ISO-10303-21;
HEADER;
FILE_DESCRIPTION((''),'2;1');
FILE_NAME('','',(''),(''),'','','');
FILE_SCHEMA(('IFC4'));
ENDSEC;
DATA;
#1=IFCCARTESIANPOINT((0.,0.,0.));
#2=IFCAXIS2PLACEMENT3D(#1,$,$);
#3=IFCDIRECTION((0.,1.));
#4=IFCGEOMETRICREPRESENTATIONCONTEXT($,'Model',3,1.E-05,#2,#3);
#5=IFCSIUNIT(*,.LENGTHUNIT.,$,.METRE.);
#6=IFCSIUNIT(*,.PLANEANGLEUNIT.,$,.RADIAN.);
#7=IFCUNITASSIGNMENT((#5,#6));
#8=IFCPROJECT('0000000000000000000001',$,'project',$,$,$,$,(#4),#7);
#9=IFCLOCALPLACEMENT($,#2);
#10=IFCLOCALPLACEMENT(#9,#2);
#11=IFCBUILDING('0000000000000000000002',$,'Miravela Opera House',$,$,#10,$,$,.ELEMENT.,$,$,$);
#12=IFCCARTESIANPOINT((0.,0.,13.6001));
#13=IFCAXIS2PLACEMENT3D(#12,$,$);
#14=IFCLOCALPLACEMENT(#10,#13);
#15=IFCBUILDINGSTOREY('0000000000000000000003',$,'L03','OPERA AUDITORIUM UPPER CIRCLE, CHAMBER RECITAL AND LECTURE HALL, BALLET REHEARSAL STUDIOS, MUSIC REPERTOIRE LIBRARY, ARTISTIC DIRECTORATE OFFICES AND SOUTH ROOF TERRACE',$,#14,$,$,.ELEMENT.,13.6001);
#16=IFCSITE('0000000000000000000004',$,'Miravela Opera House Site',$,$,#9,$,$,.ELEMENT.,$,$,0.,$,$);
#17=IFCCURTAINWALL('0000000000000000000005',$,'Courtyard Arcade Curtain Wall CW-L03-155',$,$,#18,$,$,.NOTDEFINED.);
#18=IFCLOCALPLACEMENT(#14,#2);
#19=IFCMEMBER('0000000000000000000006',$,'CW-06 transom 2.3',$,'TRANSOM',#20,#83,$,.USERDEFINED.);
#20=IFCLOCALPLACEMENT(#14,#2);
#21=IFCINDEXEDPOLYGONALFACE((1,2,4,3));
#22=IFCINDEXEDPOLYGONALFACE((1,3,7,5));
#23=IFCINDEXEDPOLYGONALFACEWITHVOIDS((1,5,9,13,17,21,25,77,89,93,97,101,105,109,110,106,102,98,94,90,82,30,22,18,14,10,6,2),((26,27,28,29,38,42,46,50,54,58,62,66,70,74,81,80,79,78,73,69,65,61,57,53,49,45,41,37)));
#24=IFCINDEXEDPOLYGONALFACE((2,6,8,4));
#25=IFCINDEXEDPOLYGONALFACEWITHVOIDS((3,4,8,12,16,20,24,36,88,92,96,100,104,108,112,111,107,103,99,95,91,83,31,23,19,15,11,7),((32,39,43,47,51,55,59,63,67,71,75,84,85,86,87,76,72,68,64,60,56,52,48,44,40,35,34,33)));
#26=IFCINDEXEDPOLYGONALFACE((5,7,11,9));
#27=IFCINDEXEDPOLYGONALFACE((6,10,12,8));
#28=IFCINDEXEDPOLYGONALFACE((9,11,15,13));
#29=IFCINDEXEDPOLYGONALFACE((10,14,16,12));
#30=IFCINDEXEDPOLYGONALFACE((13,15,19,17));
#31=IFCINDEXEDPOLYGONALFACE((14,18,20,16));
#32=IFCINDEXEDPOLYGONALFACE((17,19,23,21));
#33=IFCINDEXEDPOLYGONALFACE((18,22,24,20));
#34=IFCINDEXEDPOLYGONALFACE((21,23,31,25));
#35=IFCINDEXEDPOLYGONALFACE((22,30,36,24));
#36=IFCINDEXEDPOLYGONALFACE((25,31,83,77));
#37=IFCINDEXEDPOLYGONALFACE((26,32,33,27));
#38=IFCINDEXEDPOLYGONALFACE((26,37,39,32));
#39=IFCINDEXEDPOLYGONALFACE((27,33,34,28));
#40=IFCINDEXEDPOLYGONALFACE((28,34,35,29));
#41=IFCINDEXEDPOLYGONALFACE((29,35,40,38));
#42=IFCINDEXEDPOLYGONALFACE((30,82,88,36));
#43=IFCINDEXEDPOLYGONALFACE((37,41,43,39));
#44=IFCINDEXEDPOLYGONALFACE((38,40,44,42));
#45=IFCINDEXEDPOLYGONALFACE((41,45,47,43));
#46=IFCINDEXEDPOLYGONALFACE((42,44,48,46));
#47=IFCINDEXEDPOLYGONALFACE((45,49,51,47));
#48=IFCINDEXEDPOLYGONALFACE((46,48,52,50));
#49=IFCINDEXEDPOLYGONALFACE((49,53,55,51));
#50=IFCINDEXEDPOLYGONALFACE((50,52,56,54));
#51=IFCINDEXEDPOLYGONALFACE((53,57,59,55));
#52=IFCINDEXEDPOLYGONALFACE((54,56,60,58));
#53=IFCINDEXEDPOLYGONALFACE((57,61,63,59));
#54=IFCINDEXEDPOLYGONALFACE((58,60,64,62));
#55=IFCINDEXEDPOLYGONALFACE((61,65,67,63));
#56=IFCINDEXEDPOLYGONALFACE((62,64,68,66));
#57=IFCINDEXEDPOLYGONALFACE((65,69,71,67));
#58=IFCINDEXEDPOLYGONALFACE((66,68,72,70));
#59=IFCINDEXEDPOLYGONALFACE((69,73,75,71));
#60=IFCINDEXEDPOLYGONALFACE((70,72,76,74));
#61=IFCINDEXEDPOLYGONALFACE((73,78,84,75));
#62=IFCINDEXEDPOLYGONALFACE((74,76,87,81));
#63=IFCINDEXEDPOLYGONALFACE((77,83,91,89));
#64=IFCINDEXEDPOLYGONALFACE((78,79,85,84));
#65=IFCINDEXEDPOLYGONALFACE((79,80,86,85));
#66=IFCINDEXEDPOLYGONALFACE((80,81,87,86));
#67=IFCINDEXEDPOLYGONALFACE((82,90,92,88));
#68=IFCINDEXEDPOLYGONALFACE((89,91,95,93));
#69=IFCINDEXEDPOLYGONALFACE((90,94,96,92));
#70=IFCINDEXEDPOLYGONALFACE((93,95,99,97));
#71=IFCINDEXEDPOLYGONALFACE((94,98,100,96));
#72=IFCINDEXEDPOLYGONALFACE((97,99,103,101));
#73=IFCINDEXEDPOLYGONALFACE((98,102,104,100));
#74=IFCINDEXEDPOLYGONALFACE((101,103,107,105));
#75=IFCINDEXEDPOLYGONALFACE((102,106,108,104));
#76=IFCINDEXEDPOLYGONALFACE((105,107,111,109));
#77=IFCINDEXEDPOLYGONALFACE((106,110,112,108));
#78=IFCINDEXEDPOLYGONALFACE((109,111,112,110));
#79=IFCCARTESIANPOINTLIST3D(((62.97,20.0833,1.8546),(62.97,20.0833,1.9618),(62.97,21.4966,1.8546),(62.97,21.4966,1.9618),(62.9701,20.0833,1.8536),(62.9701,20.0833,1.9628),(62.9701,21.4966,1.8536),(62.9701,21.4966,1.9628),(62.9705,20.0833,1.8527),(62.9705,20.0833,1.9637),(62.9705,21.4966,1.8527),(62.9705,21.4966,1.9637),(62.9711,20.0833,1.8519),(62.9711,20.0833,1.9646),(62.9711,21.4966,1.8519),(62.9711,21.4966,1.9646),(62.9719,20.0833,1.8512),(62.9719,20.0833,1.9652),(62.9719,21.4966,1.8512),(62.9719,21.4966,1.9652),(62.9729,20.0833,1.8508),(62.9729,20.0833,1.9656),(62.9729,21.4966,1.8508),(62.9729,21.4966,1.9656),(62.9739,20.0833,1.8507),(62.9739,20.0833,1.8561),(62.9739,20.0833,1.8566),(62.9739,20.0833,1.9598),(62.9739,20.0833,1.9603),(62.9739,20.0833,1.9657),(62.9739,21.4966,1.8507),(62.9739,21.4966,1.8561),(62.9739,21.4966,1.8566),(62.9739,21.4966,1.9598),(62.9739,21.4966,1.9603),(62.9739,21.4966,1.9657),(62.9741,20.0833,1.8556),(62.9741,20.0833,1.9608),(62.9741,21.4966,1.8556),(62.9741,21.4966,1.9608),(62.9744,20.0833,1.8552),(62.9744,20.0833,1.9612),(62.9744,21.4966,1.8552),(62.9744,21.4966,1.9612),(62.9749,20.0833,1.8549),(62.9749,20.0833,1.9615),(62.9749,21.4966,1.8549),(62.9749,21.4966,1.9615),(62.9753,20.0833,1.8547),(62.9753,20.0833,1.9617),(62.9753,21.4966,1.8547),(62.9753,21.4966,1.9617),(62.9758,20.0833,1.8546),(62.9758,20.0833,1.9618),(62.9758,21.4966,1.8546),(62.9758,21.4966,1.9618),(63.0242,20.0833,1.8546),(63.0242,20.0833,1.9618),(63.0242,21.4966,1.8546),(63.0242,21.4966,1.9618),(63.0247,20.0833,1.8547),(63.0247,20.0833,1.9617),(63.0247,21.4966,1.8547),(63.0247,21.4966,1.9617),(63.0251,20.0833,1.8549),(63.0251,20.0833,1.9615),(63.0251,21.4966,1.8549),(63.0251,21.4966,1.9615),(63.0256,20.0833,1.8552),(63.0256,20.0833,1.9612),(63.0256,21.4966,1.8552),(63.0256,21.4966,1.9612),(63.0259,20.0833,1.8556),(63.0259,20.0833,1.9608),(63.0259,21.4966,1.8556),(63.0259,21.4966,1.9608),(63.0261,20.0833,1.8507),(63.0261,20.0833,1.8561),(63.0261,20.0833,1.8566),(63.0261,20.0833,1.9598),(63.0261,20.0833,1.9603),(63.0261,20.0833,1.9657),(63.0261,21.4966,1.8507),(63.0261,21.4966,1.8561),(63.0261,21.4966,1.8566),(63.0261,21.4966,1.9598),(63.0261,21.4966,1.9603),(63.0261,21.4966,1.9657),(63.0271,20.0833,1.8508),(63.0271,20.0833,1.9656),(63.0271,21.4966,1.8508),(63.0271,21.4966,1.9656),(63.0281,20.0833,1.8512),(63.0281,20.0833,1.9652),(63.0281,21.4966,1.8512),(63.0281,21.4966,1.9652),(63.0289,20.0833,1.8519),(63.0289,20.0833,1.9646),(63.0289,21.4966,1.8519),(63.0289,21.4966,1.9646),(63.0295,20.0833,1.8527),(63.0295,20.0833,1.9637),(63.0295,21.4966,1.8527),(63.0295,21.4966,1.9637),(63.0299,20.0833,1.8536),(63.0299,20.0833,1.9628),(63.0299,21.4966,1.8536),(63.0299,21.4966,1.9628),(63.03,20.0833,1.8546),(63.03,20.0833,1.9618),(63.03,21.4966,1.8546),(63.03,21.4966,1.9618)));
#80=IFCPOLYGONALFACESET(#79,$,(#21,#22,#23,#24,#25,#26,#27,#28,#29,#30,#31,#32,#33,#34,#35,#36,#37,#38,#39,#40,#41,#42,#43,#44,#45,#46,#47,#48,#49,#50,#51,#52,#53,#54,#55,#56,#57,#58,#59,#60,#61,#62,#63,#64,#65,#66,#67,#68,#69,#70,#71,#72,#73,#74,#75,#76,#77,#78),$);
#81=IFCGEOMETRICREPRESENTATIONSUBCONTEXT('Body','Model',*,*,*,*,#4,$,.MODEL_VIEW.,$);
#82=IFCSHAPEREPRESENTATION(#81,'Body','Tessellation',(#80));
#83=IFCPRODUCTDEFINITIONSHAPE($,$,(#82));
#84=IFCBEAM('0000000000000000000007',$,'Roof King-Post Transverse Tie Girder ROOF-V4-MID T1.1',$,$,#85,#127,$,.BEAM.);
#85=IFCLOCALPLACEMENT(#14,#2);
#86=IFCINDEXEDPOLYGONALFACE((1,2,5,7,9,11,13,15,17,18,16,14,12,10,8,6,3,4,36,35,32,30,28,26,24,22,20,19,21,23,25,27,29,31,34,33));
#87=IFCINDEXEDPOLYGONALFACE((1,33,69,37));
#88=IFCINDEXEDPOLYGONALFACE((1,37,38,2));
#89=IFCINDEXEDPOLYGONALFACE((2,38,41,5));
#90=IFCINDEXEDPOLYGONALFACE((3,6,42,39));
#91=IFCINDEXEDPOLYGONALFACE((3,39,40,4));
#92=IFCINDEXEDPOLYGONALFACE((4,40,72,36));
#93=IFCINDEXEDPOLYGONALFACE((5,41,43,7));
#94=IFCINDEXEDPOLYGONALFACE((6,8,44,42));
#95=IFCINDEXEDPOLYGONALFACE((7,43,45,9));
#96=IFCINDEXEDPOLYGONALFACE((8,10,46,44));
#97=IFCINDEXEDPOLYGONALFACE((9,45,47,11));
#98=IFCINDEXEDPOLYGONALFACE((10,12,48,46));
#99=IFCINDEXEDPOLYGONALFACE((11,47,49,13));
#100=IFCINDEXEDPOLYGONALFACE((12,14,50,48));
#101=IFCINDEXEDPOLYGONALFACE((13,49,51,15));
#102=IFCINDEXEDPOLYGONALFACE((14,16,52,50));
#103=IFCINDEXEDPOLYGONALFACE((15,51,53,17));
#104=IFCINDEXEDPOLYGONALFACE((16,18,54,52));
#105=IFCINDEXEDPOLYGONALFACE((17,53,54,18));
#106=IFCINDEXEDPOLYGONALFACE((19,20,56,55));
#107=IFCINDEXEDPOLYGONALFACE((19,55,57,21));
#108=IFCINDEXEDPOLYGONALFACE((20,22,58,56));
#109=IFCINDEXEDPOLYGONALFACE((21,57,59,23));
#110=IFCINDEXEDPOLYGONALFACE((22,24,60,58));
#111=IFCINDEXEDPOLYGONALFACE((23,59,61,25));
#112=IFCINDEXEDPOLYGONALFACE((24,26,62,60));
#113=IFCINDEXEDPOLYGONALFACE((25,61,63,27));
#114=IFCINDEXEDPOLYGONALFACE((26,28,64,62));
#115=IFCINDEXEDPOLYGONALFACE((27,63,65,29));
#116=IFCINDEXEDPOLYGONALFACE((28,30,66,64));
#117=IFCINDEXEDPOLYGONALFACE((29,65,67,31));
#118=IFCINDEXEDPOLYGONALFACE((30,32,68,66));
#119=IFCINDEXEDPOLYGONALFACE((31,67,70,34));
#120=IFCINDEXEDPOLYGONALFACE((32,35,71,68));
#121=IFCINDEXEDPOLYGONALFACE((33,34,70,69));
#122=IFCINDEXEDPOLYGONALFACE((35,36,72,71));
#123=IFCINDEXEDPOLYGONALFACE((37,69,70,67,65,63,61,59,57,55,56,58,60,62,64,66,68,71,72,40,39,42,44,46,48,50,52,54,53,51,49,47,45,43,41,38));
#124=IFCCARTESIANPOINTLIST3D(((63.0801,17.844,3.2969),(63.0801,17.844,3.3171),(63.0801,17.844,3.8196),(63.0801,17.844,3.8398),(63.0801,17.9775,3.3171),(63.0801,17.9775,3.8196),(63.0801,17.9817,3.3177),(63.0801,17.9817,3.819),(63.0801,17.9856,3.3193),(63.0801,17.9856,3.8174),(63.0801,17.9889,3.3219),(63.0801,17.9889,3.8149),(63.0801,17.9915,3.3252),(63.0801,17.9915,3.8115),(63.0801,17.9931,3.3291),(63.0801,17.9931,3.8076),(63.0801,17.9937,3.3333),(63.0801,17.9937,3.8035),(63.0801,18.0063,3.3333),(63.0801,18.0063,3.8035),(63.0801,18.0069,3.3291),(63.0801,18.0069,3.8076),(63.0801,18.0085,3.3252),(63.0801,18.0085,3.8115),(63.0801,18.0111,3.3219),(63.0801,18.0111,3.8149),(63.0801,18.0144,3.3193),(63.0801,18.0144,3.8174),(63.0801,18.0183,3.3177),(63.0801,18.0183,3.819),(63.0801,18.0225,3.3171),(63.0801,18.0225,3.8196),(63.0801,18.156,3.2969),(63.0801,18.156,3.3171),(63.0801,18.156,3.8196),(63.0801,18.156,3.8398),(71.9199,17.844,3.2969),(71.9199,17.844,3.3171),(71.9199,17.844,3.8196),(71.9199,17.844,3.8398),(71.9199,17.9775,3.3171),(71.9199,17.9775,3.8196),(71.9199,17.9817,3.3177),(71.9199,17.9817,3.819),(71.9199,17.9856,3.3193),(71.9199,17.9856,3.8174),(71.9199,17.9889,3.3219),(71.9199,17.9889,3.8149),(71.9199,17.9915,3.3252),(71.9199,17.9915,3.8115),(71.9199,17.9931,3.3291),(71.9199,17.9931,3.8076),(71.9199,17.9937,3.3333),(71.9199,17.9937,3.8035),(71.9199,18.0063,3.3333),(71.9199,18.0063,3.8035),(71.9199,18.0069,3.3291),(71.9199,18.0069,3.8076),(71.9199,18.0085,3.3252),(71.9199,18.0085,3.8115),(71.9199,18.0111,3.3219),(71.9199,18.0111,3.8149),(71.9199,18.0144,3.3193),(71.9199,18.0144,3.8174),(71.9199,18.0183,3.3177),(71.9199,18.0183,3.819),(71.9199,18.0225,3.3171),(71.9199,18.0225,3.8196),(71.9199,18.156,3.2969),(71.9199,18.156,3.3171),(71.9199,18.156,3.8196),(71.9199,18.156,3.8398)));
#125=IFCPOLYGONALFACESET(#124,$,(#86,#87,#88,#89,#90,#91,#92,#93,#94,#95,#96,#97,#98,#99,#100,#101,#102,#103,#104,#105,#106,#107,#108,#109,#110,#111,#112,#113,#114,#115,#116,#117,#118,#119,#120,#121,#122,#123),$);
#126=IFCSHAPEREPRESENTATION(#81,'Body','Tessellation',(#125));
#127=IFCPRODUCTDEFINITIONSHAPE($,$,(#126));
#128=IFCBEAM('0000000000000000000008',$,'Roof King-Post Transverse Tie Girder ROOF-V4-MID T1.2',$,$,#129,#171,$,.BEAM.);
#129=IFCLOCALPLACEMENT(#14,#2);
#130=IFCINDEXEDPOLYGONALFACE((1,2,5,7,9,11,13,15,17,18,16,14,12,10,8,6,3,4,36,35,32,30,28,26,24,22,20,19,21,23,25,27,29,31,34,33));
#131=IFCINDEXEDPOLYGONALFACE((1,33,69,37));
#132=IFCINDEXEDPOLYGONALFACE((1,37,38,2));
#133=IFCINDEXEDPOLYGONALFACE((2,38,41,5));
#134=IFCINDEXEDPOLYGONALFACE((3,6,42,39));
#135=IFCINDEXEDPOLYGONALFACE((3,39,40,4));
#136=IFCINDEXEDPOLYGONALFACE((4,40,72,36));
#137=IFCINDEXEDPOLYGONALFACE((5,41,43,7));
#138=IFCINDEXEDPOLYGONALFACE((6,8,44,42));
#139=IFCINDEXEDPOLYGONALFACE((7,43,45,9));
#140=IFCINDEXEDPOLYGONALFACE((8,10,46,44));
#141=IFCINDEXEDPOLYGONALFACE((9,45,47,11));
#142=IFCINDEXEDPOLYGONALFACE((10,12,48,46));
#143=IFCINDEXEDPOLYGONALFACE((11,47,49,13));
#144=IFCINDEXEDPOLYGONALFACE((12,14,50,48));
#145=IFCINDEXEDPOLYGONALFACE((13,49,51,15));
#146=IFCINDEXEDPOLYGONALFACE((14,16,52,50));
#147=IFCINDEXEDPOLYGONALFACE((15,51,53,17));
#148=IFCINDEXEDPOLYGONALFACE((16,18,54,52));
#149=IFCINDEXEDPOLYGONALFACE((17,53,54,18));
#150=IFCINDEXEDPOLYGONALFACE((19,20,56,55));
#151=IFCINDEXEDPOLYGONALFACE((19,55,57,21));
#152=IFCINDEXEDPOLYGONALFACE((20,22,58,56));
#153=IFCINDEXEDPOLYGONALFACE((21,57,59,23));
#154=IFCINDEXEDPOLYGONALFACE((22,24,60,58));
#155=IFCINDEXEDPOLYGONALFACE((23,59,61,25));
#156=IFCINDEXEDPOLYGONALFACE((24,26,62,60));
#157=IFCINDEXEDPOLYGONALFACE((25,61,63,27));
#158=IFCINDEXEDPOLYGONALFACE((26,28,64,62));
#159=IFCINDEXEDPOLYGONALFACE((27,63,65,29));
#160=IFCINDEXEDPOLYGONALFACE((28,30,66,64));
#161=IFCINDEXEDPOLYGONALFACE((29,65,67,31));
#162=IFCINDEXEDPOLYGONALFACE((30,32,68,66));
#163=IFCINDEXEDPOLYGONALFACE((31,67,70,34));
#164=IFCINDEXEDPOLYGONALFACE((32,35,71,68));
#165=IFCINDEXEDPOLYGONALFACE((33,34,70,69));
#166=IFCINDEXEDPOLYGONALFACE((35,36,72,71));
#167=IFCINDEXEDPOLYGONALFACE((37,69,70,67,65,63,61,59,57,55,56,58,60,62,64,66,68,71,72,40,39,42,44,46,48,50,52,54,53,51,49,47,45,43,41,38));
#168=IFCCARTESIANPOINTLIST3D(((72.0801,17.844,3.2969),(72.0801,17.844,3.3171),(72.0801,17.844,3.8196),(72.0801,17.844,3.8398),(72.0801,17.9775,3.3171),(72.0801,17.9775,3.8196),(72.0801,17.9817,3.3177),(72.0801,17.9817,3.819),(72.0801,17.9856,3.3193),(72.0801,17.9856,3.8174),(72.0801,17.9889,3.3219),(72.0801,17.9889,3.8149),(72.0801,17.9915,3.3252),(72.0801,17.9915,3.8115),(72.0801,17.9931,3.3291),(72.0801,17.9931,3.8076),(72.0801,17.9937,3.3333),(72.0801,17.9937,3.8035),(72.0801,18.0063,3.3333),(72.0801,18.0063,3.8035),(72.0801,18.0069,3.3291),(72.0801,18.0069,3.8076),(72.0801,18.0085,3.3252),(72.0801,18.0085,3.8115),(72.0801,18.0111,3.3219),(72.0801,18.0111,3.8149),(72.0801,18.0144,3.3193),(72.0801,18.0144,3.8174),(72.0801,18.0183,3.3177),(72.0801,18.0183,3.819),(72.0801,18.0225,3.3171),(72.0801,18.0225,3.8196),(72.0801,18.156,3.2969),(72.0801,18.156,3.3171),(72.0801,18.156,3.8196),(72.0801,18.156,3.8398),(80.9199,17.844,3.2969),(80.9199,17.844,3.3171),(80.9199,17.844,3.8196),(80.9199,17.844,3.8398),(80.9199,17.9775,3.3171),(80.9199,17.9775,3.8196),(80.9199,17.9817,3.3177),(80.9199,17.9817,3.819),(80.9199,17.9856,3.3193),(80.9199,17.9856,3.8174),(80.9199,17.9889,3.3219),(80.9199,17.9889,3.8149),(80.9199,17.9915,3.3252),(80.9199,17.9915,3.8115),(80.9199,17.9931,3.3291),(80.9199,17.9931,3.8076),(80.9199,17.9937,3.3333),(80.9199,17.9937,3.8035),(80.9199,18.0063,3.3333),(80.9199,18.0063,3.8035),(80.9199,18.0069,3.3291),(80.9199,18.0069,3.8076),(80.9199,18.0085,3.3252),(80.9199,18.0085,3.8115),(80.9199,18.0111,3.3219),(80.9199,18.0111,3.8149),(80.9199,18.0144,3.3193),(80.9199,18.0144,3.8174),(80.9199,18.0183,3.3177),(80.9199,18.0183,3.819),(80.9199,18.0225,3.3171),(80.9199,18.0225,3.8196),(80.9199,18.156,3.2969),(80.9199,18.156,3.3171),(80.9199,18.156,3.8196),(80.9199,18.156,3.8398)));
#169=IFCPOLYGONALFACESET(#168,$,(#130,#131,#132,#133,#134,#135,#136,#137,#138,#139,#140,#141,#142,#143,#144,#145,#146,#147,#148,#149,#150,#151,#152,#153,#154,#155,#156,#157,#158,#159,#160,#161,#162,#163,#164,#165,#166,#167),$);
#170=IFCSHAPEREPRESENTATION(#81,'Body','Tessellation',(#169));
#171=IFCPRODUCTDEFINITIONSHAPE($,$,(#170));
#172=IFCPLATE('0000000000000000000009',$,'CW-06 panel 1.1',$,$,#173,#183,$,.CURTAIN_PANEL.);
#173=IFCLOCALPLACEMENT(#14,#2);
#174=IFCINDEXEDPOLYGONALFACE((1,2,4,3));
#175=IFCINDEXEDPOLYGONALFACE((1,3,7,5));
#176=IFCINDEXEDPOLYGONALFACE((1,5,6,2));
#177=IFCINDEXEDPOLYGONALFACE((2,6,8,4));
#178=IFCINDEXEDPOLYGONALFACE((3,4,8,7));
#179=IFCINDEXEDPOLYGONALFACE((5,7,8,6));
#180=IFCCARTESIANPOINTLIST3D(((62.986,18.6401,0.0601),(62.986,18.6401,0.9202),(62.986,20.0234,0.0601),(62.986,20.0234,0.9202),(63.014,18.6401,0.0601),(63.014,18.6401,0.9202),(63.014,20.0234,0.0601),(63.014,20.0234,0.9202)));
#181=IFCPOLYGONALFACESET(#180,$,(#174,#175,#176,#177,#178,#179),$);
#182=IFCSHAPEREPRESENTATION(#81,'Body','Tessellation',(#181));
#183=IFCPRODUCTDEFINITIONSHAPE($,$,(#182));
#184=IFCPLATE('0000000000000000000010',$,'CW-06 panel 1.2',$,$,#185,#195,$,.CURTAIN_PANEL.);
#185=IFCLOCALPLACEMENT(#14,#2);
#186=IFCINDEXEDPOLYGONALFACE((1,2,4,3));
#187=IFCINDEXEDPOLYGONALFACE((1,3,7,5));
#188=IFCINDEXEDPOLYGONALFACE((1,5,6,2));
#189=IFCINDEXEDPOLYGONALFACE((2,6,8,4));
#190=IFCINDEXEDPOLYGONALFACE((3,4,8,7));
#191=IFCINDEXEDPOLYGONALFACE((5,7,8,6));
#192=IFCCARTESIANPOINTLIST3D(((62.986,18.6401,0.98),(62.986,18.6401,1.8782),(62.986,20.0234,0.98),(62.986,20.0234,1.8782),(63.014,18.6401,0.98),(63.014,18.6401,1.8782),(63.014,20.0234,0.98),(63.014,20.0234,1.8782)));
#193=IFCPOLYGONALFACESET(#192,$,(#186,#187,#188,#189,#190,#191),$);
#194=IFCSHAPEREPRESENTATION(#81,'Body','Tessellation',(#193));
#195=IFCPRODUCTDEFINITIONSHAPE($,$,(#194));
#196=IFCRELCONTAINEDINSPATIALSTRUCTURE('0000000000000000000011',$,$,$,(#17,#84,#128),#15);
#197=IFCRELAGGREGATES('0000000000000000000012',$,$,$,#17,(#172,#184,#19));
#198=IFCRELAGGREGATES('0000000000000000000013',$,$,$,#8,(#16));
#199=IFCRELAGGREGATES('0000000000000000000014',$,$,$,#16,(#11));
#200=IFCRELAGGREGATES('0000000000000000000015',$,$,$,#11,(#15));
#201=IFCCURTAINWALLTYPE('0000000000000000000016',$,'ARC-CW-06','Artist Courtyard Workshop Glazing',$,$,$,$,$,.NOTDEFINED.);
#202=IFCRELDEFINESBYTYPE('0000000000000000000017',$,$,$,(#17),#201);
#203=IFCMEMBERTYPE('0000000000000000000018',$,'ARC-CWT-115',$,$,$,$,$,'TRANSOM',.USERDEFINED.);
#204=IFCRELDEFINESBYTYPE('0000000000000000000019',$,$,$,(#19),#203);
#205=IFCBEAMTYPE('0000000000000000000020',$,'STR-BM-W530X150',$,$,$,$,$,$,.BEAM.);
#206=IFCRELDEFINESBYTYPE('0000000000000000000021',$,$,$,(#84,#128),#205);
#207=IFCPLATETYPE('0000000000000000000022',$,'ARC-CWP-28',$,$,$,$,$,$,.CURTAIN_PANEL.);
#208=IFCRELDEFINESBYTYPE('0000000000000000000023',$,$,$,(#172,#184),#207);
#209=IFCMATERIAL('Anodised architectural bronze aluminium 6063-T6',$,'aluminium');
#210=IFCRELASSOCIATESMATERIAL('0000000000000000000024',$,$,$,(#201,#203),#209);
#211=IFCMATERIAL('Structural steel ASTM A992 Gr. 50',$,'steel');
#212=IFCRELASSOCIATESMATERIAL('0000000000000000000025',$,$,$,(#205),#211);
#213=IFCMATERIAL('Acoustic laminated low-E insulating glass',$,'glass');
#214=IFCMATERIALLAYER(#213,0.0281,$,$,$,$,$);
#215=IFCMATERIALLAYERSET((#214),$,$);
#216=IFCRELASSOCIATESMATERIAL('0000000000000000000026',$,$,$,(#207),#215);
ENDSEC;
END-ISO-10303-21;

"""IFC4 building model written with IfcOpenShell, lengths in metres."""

from ifc_helpers import new_model, si_unit, direction, frame, origin, origin_2d, place, context, subcontext, project, spatial, rectangle, hollow_rectangle, i_section, extrude, material, layer, layer_set, material_profile, profile_set, type_object, element, aggregate, save


model = new_model("IFC4")

# Units and contexts
model_context = context("Model", 3, precision=1e-05, world=origin(), true_north=direction((0.0, 1.0)))
body_context = subcontext(model_context, "Body", "Model", "MODEL_VIEW")
ifc_project = project(units=[si_unit("LENGTHUNIT", "METRE"), si_unit("PLANEANGLEUNIT", "RADIAN")], contexts=[model_context])

# Site, building, storey
site_placement = place(None, origin())
site = spatial("IfcSite", under=ifc_project, at=site_placement, Name="Miravela Opera House Site", CompositionType="ELEMENT", RefElevation=0.0)
building_placement = place(site_placement, origin())
building = spatial("IfcBuilding", under=site, at=building_placement, Name="Miravela Opera House", CompositionType="ELEMENT")
storey_placement = place(building_placement, frame((0.0, 0.0, 13.6001)))
storey = spatial("IfcBuildingStorey", under=building, at=storey_placement, Name="L03", Description="OPERA AUDITORIUM UPPER CIRCLE, CHAMBER RECITAL AND LECTURE HALL, BALLET REHEARSAL STUDIOS, MUSIC REPERTOIRE LIBRARY, ARTISTIC DIRECTORATE OFFICES AND SOUTH ROOF TERRACE", CompositionType="ELEMENT", Elevation=13.6001)

# Curtain wall, member
ifc_material_1 = material(Name="Anodised architectural bronze aluminium 6063-T6", Category="aluminium")
curtain_wall_type = type_object("IfcCurtainWallType", Name="ARC-CW-06", Description="Artist Courtyard Workshop Glazing", PredefinedType="NOTDEFINED", material=ifc_material_1)
curtain_wall_placement = place(storey_placement, origin())
curtain_wall = element("IfcCurtainWall", 1, at=curtain_wall_placement, inside=storey, type_object=curtain_wall_type, Name="Courtyard Arcade Curtain Wall CW-L03-155", PredefinedType="NOTDEFINED")
ifc_material_profile_1 = material_profile(ifc_material_1, hollow_rectangle(XDim=0.0601, YDim=0.115, WallThickness=0.0039, InnerFilletRadius=0.002, OuterFilletRadius=0.0039, at=origin_2d()), Name="CWT-60X115")
ifc_profile_set_1 = profile_set([ifc_material_profile_1])
member_type_1 = type_object("IfcMemberType", Name="ARC-CWT-115", ElementType="TRANSOM", PredefinedType="USERDEFINED", material=ifc_profile_set_1)
member_1_placement = place(storey_placement, frame((63.0, 20.0833, 1.9082), z_axis=(0.0, 1.0, 0.0), x_axis=(-1.0, 0.0, 0.0)))
member_1 = element("IfcMember", 2, at=member_1_placement, type_object=member_type_1, Name="CW-06 transom 2.3", ObjectType="TRANSOM", PredefinedType="USERDEFINED", context=body_context, shape_type="SweptSolid", body=[
    extrude(hollow_rectangle(XDim=0.0601, YDim=0.115, WallThickness=0.0039, InnerFilletRadius=0.002, OuterFilletRadius=0.0039, at=origin_2d()), origin(), (0.0, 0.0, 1.0), 1.4133),
])

# Beams
ifc_material_2 = material(Name="Structural steel ASTM A992 Gr. 50", Category="steel")
ifc_material_profile_2 = material_profile(ifc_material_2, i_section(OverallWidth=0.312, OverallDepth=0.543, WebThickness=0.0127, FlangeThickness=0.0203, FilletRadius=0.0161, at=origin_2d()), Name="W530X150")
ifc_profile_set_2 = profile_set([ifc_material_profile_2])
beam_type = type_object("IfcBeamType", Name="STR-BM-W530X150", PredefinedType="BEAM", material=ifc_profile_set_2)
for number, where, z_axis, x_axis, name in (
    (3, (63.0801, 18.0, 3.5684), (1.0, 0.0, 0.0), (0.0, 1.0, 0.0), "Roof King-Post Transverse Tie Girder ROOF-V4-MID T1.1"),
    (4, (72.0801, 18.0, 3.5684), (1.0, 0.0, 0.0), (0.0, 1.0, 0.0), "Roof King-Post Transverse Tie Girder ROOF-V4-MID T1.2"),
):
    element("IfcBeam", number, at=place(storey_placement, frame(where, z_axis=z_axis, x_axis=x_axis)), inside=storey, type_object=beam_type, Name=name, PredefinedType="BEAM", context=body_context, shape_type="SweptSolid", body=[
        extrude(i_section(OverallWidth=0.312, OverallDepth=0.543, WebThickness=0.0127, FlangeThickness=0.0203, FilletRadius=0.0161, at=origin_2d()), origin(), (0.0, 0.0, 1.0), 8.8398),
    ])

# Plates
ifc_material_3 = material(Name="Acoustic laminated low-E insulating glass", Category="glass")
ifc_layer_1 = layer(ifc_material_3, 0.0281)
ifc_layer_set_1 = layer_set([ifc_layer_1])
plate_type = type_object("IfcPlateType", Name="ARC-CWP-28", PredefinedType="CURTAIN_PANEL", material=ifc_layer_set_1)
plate_1_placement = place(storey_placement, frame((63.0, 19.3318, 0.0601), z_axis=(0.0, 0.0, 1.0), x_axis=(0.0, 1.0, 0.0)))
plate_1 = element("IfcPlate", 5, at=plate_1_placement, type_object=plate_type, Name="CW-06 panel 1.1", PredefinedType="CURTAIN_PANEL", context=body_context, shape_type="SweptSolid", body=[
    extrude(rectangle(XDim=1.3833, YDim=0.0281, at=origin_2d()), origin(), (0.0, 0.0, 1.0), 0.8601),
])
plate_2_placement = place(storey_placement, frame((63.0, 19.3318, 0.98), z_axis=(0.0, 0.0, 1.0), x_axis=(0.0, 1.0, 0.0)))
plate_2 = element("IfcPlate", 6, at=plate_2_placement, type_object=plate_type, Name="CW-06 panel 1.2", PredefinedType="CURTAIN_PANEL", context=body_context, shape_type="SweptSolid", body=[
    extrude(rectangle(XDim=1.3833, YDim=0.0281, at=origin_2d()), origin(), (0.0, 0.0, 1.0), 0.8982),
])
aggregate(curtain_wall, [plate_1, plate_2, member_1])

save(model, "model.ifc")
